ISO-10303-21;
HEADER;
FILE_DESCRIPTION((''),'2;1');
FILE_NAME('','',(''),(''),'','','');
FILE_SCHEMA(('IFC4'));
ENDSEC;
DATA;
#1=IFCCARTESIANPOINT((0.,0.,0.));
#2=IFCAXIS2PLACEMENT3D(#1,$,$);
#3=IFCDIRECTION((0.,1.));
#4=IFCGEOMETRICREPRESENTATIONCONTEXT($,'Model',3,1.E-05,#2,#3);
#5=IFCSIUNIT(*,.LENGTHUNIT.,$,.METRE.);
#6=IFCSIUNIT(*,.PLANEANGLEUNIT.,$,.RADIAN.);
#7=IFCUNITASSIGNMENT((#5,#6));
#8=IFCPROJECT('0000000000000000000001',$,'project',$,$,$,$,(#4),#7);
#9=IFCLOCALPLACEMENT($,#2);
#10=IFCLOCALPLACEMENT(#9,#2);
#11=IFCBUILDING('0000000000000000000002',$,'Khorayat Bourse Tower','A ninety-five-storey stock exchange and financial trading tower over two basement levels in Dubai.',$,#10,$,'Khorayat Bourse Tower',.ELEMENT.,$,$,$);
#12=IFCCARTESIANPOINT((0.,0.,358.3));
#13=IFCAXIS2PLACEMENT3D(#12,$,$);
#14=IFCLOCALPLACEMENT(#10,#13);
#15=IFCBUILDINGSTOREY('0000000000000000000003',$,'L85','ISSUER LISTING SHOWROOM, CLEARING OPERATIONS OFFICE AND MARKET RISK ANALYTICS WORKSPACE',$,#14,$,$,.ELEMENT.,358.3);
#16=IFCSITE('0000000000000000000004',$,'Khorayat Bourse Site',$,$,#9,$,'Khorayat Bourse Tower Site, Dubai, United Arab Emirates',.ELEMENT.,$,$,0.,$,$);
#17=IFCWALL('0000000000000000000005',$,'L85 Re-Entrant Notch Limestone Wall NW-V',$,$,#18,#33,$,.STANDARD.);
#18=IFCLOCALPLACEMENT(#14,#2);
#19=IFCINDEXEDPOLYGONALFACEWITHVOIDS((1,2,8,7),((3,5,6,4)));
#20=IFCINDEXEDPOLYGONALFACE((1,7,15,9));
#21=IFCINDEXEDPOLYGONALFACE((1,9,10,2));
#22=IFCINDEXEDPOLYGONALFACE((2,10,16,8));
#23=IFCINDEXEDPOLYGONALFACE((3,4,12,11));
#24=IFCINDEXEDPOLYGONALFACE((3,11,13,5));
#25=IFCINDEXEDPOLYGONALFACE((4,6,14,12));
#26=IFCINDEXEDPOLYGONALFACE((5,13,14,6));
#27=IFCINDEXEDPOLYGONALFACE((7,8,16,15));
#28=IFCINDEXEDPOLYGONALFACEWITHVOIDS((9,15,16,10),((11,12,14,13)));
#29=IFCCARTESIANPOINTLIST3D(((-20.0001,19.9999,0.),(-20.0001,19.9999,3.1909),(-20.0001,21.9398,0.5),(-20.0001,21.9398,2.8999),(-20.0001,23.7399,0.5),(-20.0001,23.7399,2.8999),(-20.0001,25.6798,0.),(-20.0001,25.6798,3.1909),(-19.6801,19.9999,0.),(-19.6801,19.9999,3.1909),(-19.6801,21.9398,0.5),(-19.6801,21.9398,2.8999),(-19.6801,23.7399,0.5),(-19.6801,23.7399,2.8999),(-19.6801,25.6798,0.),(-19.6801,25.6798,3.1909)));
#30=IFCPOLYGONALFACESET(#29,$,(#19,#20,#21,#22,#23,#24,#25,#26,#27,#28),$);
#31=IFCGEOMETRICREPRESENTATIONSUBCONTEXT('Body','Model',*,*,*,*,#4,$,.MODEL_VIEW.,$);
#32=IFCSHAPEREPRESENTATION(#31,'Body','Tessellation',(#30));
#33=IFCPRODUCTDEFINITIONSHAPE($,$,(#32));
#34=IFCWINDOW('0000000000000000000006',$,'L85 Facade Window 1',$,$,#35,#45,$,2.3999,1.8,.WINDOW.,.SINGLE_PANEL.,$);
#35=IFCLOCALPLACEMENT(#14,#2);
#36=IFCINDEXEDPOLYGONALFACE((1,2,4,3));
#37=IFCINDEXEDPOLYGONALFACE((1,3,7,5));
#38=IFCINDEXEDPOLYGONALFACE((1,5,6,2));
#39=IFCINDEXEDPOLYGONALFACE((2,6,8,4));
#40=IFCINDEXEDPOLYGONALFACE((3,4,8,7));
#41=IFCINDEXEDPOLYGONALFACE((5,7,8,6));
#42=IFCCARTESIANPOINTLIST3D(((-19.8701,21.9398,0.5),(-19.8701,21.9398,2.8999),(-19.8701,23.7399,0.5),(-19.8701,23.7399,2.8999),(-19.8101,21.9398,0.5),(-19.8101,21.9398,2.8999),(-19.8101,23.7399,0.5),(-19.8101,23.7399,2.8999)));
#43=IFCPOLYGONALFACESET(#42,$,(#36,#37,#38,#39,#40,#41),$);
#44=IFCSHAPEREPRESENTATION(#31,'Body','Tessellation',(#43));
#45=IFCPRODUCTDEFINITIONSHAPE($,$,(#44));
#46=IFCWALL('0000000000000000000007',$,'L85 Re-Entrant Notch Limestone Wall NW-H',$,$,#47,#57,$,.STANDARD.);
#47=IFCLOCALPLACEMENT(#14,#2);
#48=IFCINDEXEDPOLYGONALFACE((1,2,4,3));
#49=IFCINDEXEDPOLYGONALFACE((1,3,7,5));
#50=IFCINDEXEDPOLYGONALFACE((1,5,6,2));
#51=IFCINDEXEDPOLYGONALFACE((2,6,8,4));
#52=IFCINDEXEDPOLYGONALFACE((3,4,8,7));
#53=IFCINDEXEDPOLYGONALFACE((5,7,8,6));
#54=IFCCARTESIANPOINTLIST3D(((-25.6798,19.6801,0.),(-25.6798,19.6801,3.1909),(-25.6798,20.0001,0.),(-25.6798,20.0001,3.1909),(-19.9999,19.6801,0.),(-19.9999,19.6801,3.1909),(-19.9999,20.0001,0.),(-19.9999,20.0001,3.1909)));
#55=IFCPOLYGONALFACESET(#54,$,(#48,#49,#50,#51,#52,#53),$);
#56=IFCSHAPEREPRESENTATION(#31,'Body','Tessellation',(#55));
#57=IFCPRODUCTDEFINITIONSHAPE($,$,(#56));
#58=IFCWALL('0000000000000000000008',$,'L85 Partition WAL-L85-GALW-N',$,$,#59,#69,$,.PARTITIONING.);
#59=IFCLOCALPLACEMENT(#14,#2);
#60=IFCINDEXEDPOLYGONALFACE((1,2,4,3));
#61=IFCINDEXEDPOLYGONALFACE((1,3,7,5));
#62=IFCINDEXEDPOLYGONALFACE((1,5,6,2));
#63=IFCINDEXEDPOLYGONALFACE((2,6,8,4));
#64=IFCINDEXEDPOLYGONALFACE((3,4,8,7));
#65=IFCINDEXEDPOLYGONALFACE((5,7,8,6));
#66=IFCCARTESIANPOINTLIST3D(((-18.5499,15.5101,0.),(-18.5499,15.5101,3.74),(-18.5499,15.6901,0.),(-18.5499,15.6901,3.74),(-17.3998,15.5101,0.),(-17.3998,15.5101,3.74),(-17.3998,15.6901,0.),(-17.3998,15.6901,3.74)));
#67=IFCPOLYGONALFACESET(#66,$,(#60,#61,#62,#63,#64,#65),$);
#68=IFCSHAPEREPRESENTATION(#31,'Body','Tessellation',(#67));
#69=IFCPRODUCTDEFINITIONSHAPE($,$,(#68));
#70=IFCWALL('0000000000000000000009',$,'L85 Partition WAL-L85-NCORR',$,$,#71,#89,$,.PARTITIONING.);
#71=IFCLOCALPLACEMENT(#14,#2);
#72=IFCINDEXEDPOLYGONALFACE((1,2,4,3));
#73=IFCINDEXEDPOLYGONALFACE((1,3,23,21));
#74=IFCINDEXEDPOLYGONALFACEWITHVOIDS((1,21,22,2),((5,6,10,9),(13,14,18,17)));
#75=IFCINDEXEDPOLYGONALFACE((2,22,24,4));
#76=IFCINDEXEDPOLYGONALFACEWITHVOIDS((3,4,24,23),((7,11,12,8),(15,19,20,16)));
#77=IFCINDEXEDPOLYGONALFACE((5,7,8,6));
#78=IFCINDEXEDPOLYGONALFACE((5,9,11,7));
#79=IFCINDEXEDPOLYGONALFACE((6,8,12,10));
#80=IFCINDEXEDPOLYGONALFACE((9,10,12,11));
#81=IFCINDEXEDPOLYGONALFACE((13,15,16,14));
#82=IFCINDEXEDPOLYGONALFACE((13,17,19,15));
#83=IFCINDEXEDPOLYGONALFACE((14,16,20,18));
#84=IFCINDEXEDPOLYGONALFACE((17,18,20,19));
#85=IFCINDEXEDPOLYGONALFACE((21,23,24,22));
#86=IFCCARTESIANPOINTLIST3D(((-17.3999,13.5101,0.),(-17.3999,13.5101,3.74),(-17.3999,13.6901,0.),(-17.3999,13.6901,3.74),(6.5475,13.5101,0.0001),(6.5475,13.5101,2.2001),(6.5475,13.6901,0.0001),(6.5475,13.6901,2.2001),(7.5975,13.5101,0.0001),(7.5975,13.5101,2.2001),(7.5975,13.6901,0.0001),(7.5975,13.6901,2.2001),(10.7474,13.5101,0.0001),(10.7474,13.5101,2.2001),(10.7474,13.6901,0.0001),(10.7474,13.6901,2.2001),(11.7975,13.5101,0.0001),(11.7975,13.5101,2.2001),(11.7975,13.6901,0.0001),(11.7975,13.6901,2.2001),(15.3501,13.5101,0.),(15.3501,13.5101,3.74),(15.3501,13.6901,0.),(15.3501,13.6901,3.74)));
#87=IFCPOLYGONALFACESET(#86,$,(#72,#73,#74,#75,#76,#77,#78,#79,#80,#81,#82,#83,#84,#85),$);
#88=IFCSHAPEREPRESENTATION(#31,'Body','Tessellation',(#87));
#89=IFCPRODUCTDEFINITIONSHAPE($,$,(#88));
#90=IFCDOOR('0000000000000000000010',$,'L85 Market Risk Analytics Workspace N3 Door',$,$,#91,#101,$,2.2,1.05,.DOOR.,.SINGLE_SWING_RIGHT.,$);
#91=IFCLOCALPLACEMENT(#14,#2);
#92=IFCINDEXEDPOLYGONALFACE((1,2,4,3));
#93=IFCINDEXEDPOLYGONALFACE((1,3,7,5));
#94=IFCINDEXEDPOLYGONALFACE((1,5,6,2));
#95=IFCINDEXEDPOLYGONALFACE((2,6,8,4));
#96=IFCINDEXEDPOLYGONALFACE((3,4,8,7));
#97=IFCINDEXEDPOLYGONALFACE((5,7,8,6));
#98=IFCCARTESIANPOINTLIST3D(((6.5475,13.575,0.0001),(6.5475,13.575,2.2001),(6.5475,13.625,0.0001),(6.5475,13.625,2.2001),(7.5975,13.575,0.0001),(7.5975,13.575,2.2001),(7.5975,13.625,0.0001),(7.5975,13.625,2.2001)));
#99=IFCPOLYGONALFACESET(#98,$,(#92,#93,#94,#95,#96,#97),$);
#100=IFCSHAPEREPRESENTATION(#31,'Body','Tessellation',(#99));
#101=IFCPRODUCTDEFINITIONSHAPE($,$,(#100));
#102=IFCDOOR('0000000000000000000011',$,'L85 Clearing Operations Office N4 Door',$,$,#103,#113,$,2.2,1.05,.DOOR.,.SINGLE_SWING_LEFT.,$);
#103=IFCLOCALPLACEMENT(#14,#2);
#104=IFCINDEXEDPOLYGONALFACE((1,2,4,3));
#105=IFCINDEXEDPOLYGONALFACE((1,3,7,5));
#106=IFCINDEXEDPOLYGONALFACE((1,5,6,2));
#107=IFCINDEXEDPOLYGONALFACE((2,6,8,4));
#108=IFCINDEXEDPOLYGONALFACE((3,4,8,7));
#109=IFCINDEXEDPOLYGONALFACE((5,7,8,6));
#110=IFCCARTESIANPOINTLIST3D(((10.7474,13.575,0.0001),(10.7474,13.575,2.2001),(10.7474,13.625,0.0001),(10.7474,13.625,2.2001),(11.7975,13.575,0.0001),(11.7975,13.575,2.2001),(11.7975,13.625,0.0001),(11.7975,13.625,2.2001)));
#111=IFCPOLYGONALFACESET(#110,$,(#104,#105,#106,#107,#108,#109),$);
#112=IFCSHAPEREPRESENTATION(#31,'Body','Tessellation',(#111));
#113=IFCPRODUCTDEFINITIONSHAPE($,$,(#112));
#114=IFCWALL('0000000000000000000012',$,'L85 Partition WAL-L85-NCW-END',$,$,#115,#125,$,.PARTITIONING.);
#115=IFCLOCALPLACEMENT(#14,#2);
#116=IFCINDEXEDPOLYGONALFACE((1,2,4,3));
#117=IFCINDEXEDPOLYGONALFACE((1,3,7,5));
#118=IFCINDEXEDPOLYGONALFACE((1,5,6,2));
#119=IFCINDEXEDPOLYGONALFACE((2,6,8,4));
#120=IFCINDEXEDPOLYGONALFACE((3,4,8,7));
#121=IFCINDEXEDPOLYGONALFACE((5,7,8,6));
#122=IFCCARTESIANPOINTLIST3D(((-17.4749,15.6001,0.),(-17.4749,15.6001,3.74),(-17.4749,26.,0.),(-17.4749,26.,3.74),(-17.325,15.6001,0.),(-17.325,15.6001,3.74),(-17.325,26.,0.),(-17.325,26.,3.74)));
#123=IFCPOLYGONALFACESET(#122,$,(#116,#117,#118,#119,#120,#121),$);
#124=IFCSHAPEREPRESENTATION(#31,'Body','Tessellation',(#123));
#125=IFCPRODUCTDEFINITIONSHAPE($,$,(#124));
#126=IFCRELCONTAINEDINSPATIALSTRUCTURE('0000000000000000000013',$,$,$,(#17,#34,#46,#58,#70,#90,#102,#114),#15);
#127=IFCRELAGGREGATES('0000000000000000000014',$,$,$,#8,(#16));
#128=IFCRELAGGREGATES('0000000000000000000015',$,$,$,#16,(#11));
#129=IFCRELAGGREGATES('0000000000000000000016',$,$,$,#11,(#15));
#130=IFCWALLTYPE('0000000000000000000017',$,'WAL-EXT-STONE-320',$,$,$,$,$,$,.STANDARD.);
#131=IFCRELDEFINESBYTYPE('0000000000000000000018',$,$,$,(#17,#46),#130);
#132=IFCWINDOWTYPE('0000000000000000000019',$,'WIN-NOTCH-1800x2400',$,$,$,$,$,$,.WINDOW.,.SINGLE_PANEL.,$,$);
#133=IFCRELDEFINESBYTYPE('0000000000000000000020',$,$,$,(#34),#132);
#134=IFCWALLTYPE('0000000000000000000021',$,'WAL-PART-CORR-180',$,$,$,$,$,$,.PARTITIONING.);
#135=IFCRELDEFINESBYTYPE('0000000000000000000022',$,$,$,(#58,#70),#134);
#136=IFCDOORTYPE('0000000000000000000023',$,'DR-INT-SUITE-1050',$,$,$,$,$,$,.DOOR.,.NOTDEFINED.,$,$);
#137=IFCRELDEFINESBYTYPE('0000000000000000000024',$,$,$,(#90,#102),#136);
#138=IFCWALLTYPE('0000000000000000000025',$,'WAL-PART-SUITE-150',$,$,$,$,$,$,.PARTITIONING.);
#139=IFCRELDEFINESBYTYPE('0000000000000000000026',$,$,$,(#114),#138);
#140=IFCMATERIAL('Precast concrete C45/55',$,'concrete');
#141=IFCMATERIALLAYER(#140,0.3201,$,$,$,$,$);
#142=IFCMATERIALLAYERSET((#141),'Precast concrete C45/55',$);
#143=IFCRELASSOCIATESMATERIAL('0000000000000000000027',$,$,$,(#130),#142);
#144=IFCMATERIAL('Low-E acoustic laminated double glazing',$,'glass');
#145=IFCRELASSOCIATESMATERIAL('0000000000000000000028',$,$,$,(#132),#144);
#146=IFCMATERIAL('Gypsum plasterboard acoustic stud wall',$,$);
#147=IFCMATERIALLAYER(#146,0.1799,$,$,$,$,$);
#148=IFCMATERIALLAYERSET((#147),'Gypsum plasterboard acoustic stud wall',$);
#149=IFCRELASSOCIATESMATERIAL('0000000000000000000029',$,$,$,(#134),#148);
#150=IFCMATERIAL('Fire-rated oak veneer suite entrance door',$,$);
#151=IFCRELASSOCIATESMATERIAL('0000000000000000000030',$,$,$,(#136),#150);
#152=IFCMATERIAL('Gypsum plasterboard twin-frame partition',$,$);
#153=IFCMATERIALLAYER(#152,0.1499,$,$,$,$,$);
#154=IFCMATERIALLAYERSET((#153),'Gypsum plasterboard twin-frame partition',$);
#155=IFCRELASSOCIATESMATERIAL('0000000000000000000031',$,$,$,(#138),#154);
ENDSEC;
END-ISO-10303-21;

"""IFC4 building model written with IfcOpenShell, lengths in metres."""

from ifc_helpers import new_model, si_unit, direction, frame, frame_2d, origin, place, context, subcontext, project, spatial, rectangle, extrude, source, transform, mapped, material, layer, layer_set, type_object, element, fill, save


model = new_model("IFC4")

# Units and contexts
model_context = context("Model", 3, precision=1e-05, world=origin(), true_north=direction((0.0, 1.0)))
body_context = subcontext(model_context, "Body", "Model", "MODEL_VIEW")
ifc_project = project(units=[si_unit("LENGTHUNIT", "METRE"), si_unit("PLANEANGLEUNIT", "RADIAN")], contexts=[model_context])

# Site, building, storey
site_placement = place(None, origin())
site = spatial("IfcSite", under=ifc_project, at=site_placement, Name="Khorayat Bourse Site", LongName="Khorayat Bourse Tower Site, Dubai, United Arab Emirates", CompositionType="ELEMENT", RefElevation=0.0)
building_placement = place(site_placement, origin())
building = spatial("IfcBuilding", under=site, at=building_placement, Name="Khorayat Bourse Tower", Description="A ninety-five-storey stock exchange and financial trading tower over two basement levels in Dubai.", LongName="Khorayat Bourse Tower", CompositionType="ELEMENT")
storey_placement = place(building_placement, frame((0.0, 0.0, 358.3)))
storey = spatial("IfcBuildingStorey", under=building, at=storey_placement, Name="L85", Description="ISSUER LISTING SHOWROOM, CLEARING OPERATIONS OFFICE AND MARKET RISK ANALYTICS WORKSPACE", CompositionType="ELEMENT", Elevation=358.3)

# Wall, opening, window
ifc_material_1 = material(Name="Precast concrete C45/55", Category="concrete")
ifc_layer_1 = layer(ifc_material_1, 0.3201)
ifc_layer_set_1 = layer_set([ifc_layer_1], Name="Precast concrete C45/55")
wall_type_1 = type_object("IfcWallType", Name="WAL-EXT-STONE-320", PredefinedType="STANDARD", material=ifc_layer_set_1)
shared_shape_1 = source(origin(), body_context, "Body", "SweptSolid", [
    extrude(rectangle(XDim=5.6799, YDim=0.3201, at=frame_2d((2.8398, 0.0))), origin(), (0.0, 0.0, 1.0), 3.1909),
])
wall_1_placement = place(storey_placement, frame((-19.8401, 20.0, 0.0), z_axis=(0.0, 0.0, 1.0), x_axis=(0.0, 1.0, 0.0)))
wall_1 = element("IfcWall", 1, at=wall_1_placement, inside=storey, type_object=wall_type_1, Name="L85 Re-Entrant Notch Limestone Wall NW-V", PredefinedType="STANDARD", context=body_context, shape_type="MappedRepresentation", body=[
    mapped(shared_shape_1, transform((0.0, 0.0, 0.0), scale=1.0)),
])
shared_shape_2 = source(origin(), body_context, "Body", "SweptSolid", [
    extrude(rectangle(XDim=1.8, YDim=2.3999, at=frame_2d((0.8999, 1.2))), frame((0.0, 0.1699, 0.0), z_axis=(0.0, -1.0, 0.0), x_axis=(1.0, 0.0, 0.0)), (0.0, 0.0, 1.0), 0.3401),
])
opening_1_placement = place(wall_1_placement, frame((1.9399, 0.0, 0.5)))
opening_1 = element("IfcOpeningElement", 2, at=opening_1_placement, cuts=wall_1, PredefinedType="OPENING", context=body_context, shape_type="MappedRepresentation", body=[
    mapped(shared_shape_2, transform((0.0, 0.0, 0.0), scale=1.0)),
])
ifc_material_2 = material(Name="Low-E acoustic laminated double glazing", Category="glass")
window_type = type_object("IfcWindowType", Name="WIN-NOTCH-1800x2400", PartitioningType="SINGLE_PANEL", PredefinedType="WINDOW", material=ifc_material_2)
shared_shape_3 = source(origin(), body_context, "Body", "SweptSolid", [
    extrude(rectangle(XDim=1.8, YDim=2.3999, at=frame_2d((0.8999, 1.2))), frame((0.0, 0.03, 0.0), z_axis=(0.0, -1.0, 0.0), x_axis=(1.0, 0.0, 0.0)), (0.0, 0.0, 1.0), 0.0601),
])
window_placement = place(opening_1_placement, origin())
window = element("IfcWindow", 3, at=window_placement, inside=storey, type_object=window_type, Name="L85 Facade Window 1", OverallHeight=2.3999, OverallWidth=1.8, PartitioningType="SINGLE_PANEL", PredefinedType="WINDOW", context=body_context, shape_type="MappedRepresentation", body=[
    mapped(shared_shape_3, transform((0.0, 0.0, 0.0), scale=1.0)),
])
fill(opening_1, window)

# Walls
wall_2_placement = place(storey_placement, frame((-20.0, 19.8401, 0.0), z_axis=(0.0, 0.0, 1.0), x_axis=(-1.0, 0.0, 0.0)))
element("IfcWall", 4, at=wall_2_placement, inside=storey, type_object=wall_type_1, Name="L85 Re-Entrant Notch Limestone Wall NW-H", PredefinedType="STANDARD", context=body_context, shape_type="MappedRepresentation", body=[
    mapped(shared_shape_1, transform((0.0, 0.0, 0.0), scale=1.0)),
])
ifc_material_3 = material(Name="Gypsum plasterboard acoustic stud wall")
ifc_layer_2 = layer(ifc_material_3, 0.1799)
ifc_layer_set_2 = layer_set([ifc_layer_2], Name="Gypsum plasterboard acoustic stud wall")
wall_type_2 = type_object("IfcWallType", Name="WAL-PART-CORR-180", PredefinedType="PARTITIONING", material=ifc_layer_set_2)
shared_shape_4 = source(origin(), body_context, "Body", "SweptSolid", [
    extrude(rectangle(XDim=1.1501, YDim=0.1799, at=frame_2d((0.5752, 0.0))), origin(), (0.0, 0.0, 1.0), 3.74),
])
wall_3_placement = place(storey_placement, frame((-18.55, 15.6001, 0.0), z_axis=(0.0, 0.0, 1.0), x_axis=(1.0, 0.0, 0.0)))
element("IfcWall", 5, at=wall_3_placement, inside=storey, type_object=wall_type_2, Name="L85 Partition WAL-L85-GALW-N", PredefinedType="PARTITIONING", context=body_context, shape_type="MappedRepresentation", body=[
    mapped(shared_shape_4, transform((0.0, 0.0, 0.0), scale=1.0)),
])

# Wall, openings, doors
shared_shape_5 = source(origin(), body_context, "Body", "SweptSolid", [
    extrude(rectangle(XDim=32.75, YDim=0.1799, at=frame_2d((16.375, 0.0))), origin(), (0.0, 0.0, 1.0), 3.74),
])
wall_4_placement = place(storey_placement, frame((-17.3999, 13.6001, 0.0), z_axis=(0.0, 0.0, 1.0), x_axis=(1.0, 0.0, 0.0)))
wall_4 = element("IfcWall", 6, at=wall_4_placement, inside=storey, type_object=wall_type_2, Name="L85 Partition WAL-L85-NCORR", PredefinedType="PARTITIONING", context=body_context, shape_type="MappedRepresentation", body=[
    mapped(shared_shape_5, transform((0.0, 0.0, 0.0), scale=1.0)),
])
shared_shape_6 = source(origin(), body_context, "Body", "SweptSolid", [
    extrude(rectangle(XDim=1.05, YDim=2.2, at=frame_2d((0.5249, 1.1001))), frame((0.0, 0.0999, 0.0), z_axis=(0.0, -1.0, 0.0), x_axis=(1.0, 0.0, 0.0)), (0.0, 0.0, 1.0), 0.2),
])
opening_2_placement = place(wall_4_placement, frame((23.9475, 0.0, 0.0)))
opening_2 = element("IfcOpeningElement", 7, at=opening_2_placement, cuts=wall_4, PredefinedType="OPENING", context=body_context, shape_type="MappedRepresentation", body=[
    mapped(shared_shape_6, transform((0.0, 0.0, 0.0), scale=1.0)),
])
opening_3_placement = place(wall_4_placement, frame((28.1475, 0.0, 0.0)))
opening_3 = element("IfcOpeningElement", 8, at=opening_3_placement, cuts=wall_4, PredefinedType="OPENING", context=body_context, shape_type="MappedRepresentation", body=[
    mapped(shared_shape_6, transform((0.0, 0.0, 0.0), scale=1.0)),
])
ifc_material_4 = material(Name="Fire-rated oak veneer suite entrance door")
door_type = type_object("IfcDoorType", Name="DR-INT-SUITE-1050", OperationType="NOTDEFINED", PredefinedType="DOOR", material=ifc_material_4)
shared_shape_7 = source(origin(), body_context, "Body", "SweptSolid", [
    extrude(rectangle(XDim=1.05, YDim=2.2, at=frame_2d((0.5249, 1.1001))), frame((0.0, 0.0249, 0.0), z_axis=(0.0, -1.0, 0.0), x_axis=(1.0, 0.0, 0.0)), (0.0, 0.0, 1.0), 0.05),
])
door_1_placement = place(opening_2_placement, origin())
door_1 = element("IfcDoor", 9, at=door_1_placement, inside=storey, type_object=door_type, Name="L85 Market Risk Analytics Workspace N3 Door", OperationType="SINGLE_SWING_RIGHT", OverallHeight=2.2, OverallWidth=1.05, PredefinedType="DOOR", context=body_context, shape_type="MappedRepresentation", body=[
    mapped(shared_shape_7, transform((0.0, 0.0, 0.0), scale=1.0)),
])
fill(opening_2, door_1)
door_2_placement = place(opening_3_placement, origin())
door_2 = element("IfcDoor", 10, at=door_2_placement, inside=storey, type_object=door_type, Name="L85 Clearing Operations Office N4 Door", OperationType="SINGLE_SWING_LEFT", OverallHeight=2.2, OverallWidth=1.05, PredefinedType="DOOR", context=body_context, shape_type="MappedRepresentation", body=[
    mapped(shared_shape_7, transform((0.0, 0.0, 0.0), scale=1.0)),
])
fill(opening_3, door_2)

# Wall
ifc_material_5 = material(Name="Gypsum plasterboard twin-frame partition")
ifc_layer_3 = layer(ifc_material_5, 0.1499)
ifc_layer_set_3 = layer_set([ifc_layer_3], Name="Gypsum plasterboard twin-frame partition")
wall_type_3 = type_object("IfcWallType", Name="WAL-PART-SUITE-150", PredefinedType="PARTITIONING", material=ifc_layer_set_3)
shared_shape_8 = source(origin(), body_context, "Body", "SweptSolid", [
    extrude(rectangle(XDim=10.3999, YDim=0.1499, at=frame_2d((5.2, 0.0))), origin(), (0.0, 0.0, 1.0), 3.74),
])
wall_5_placement = place(storey_placement, frame((-17.3999, 15.6001, 0.0), z_axis=(0.0, 0.0, 1.0), x_axis=(0.0, 1.0, 0.0)))
element("IfcWall", 11, at=wall_5_placement, inside=storey, type_object=wall_type_3, Name="L85 Partition WAL-L85-NCW-END", PredefinedType="PARTITIONING", context=body_context, shape_type="MappedRepresentation", body=[
    mapped(shared_shape_8, transform((0.0, 0.0, 0.0), scale=1.0)),
])

save(model, "model.ifc")
